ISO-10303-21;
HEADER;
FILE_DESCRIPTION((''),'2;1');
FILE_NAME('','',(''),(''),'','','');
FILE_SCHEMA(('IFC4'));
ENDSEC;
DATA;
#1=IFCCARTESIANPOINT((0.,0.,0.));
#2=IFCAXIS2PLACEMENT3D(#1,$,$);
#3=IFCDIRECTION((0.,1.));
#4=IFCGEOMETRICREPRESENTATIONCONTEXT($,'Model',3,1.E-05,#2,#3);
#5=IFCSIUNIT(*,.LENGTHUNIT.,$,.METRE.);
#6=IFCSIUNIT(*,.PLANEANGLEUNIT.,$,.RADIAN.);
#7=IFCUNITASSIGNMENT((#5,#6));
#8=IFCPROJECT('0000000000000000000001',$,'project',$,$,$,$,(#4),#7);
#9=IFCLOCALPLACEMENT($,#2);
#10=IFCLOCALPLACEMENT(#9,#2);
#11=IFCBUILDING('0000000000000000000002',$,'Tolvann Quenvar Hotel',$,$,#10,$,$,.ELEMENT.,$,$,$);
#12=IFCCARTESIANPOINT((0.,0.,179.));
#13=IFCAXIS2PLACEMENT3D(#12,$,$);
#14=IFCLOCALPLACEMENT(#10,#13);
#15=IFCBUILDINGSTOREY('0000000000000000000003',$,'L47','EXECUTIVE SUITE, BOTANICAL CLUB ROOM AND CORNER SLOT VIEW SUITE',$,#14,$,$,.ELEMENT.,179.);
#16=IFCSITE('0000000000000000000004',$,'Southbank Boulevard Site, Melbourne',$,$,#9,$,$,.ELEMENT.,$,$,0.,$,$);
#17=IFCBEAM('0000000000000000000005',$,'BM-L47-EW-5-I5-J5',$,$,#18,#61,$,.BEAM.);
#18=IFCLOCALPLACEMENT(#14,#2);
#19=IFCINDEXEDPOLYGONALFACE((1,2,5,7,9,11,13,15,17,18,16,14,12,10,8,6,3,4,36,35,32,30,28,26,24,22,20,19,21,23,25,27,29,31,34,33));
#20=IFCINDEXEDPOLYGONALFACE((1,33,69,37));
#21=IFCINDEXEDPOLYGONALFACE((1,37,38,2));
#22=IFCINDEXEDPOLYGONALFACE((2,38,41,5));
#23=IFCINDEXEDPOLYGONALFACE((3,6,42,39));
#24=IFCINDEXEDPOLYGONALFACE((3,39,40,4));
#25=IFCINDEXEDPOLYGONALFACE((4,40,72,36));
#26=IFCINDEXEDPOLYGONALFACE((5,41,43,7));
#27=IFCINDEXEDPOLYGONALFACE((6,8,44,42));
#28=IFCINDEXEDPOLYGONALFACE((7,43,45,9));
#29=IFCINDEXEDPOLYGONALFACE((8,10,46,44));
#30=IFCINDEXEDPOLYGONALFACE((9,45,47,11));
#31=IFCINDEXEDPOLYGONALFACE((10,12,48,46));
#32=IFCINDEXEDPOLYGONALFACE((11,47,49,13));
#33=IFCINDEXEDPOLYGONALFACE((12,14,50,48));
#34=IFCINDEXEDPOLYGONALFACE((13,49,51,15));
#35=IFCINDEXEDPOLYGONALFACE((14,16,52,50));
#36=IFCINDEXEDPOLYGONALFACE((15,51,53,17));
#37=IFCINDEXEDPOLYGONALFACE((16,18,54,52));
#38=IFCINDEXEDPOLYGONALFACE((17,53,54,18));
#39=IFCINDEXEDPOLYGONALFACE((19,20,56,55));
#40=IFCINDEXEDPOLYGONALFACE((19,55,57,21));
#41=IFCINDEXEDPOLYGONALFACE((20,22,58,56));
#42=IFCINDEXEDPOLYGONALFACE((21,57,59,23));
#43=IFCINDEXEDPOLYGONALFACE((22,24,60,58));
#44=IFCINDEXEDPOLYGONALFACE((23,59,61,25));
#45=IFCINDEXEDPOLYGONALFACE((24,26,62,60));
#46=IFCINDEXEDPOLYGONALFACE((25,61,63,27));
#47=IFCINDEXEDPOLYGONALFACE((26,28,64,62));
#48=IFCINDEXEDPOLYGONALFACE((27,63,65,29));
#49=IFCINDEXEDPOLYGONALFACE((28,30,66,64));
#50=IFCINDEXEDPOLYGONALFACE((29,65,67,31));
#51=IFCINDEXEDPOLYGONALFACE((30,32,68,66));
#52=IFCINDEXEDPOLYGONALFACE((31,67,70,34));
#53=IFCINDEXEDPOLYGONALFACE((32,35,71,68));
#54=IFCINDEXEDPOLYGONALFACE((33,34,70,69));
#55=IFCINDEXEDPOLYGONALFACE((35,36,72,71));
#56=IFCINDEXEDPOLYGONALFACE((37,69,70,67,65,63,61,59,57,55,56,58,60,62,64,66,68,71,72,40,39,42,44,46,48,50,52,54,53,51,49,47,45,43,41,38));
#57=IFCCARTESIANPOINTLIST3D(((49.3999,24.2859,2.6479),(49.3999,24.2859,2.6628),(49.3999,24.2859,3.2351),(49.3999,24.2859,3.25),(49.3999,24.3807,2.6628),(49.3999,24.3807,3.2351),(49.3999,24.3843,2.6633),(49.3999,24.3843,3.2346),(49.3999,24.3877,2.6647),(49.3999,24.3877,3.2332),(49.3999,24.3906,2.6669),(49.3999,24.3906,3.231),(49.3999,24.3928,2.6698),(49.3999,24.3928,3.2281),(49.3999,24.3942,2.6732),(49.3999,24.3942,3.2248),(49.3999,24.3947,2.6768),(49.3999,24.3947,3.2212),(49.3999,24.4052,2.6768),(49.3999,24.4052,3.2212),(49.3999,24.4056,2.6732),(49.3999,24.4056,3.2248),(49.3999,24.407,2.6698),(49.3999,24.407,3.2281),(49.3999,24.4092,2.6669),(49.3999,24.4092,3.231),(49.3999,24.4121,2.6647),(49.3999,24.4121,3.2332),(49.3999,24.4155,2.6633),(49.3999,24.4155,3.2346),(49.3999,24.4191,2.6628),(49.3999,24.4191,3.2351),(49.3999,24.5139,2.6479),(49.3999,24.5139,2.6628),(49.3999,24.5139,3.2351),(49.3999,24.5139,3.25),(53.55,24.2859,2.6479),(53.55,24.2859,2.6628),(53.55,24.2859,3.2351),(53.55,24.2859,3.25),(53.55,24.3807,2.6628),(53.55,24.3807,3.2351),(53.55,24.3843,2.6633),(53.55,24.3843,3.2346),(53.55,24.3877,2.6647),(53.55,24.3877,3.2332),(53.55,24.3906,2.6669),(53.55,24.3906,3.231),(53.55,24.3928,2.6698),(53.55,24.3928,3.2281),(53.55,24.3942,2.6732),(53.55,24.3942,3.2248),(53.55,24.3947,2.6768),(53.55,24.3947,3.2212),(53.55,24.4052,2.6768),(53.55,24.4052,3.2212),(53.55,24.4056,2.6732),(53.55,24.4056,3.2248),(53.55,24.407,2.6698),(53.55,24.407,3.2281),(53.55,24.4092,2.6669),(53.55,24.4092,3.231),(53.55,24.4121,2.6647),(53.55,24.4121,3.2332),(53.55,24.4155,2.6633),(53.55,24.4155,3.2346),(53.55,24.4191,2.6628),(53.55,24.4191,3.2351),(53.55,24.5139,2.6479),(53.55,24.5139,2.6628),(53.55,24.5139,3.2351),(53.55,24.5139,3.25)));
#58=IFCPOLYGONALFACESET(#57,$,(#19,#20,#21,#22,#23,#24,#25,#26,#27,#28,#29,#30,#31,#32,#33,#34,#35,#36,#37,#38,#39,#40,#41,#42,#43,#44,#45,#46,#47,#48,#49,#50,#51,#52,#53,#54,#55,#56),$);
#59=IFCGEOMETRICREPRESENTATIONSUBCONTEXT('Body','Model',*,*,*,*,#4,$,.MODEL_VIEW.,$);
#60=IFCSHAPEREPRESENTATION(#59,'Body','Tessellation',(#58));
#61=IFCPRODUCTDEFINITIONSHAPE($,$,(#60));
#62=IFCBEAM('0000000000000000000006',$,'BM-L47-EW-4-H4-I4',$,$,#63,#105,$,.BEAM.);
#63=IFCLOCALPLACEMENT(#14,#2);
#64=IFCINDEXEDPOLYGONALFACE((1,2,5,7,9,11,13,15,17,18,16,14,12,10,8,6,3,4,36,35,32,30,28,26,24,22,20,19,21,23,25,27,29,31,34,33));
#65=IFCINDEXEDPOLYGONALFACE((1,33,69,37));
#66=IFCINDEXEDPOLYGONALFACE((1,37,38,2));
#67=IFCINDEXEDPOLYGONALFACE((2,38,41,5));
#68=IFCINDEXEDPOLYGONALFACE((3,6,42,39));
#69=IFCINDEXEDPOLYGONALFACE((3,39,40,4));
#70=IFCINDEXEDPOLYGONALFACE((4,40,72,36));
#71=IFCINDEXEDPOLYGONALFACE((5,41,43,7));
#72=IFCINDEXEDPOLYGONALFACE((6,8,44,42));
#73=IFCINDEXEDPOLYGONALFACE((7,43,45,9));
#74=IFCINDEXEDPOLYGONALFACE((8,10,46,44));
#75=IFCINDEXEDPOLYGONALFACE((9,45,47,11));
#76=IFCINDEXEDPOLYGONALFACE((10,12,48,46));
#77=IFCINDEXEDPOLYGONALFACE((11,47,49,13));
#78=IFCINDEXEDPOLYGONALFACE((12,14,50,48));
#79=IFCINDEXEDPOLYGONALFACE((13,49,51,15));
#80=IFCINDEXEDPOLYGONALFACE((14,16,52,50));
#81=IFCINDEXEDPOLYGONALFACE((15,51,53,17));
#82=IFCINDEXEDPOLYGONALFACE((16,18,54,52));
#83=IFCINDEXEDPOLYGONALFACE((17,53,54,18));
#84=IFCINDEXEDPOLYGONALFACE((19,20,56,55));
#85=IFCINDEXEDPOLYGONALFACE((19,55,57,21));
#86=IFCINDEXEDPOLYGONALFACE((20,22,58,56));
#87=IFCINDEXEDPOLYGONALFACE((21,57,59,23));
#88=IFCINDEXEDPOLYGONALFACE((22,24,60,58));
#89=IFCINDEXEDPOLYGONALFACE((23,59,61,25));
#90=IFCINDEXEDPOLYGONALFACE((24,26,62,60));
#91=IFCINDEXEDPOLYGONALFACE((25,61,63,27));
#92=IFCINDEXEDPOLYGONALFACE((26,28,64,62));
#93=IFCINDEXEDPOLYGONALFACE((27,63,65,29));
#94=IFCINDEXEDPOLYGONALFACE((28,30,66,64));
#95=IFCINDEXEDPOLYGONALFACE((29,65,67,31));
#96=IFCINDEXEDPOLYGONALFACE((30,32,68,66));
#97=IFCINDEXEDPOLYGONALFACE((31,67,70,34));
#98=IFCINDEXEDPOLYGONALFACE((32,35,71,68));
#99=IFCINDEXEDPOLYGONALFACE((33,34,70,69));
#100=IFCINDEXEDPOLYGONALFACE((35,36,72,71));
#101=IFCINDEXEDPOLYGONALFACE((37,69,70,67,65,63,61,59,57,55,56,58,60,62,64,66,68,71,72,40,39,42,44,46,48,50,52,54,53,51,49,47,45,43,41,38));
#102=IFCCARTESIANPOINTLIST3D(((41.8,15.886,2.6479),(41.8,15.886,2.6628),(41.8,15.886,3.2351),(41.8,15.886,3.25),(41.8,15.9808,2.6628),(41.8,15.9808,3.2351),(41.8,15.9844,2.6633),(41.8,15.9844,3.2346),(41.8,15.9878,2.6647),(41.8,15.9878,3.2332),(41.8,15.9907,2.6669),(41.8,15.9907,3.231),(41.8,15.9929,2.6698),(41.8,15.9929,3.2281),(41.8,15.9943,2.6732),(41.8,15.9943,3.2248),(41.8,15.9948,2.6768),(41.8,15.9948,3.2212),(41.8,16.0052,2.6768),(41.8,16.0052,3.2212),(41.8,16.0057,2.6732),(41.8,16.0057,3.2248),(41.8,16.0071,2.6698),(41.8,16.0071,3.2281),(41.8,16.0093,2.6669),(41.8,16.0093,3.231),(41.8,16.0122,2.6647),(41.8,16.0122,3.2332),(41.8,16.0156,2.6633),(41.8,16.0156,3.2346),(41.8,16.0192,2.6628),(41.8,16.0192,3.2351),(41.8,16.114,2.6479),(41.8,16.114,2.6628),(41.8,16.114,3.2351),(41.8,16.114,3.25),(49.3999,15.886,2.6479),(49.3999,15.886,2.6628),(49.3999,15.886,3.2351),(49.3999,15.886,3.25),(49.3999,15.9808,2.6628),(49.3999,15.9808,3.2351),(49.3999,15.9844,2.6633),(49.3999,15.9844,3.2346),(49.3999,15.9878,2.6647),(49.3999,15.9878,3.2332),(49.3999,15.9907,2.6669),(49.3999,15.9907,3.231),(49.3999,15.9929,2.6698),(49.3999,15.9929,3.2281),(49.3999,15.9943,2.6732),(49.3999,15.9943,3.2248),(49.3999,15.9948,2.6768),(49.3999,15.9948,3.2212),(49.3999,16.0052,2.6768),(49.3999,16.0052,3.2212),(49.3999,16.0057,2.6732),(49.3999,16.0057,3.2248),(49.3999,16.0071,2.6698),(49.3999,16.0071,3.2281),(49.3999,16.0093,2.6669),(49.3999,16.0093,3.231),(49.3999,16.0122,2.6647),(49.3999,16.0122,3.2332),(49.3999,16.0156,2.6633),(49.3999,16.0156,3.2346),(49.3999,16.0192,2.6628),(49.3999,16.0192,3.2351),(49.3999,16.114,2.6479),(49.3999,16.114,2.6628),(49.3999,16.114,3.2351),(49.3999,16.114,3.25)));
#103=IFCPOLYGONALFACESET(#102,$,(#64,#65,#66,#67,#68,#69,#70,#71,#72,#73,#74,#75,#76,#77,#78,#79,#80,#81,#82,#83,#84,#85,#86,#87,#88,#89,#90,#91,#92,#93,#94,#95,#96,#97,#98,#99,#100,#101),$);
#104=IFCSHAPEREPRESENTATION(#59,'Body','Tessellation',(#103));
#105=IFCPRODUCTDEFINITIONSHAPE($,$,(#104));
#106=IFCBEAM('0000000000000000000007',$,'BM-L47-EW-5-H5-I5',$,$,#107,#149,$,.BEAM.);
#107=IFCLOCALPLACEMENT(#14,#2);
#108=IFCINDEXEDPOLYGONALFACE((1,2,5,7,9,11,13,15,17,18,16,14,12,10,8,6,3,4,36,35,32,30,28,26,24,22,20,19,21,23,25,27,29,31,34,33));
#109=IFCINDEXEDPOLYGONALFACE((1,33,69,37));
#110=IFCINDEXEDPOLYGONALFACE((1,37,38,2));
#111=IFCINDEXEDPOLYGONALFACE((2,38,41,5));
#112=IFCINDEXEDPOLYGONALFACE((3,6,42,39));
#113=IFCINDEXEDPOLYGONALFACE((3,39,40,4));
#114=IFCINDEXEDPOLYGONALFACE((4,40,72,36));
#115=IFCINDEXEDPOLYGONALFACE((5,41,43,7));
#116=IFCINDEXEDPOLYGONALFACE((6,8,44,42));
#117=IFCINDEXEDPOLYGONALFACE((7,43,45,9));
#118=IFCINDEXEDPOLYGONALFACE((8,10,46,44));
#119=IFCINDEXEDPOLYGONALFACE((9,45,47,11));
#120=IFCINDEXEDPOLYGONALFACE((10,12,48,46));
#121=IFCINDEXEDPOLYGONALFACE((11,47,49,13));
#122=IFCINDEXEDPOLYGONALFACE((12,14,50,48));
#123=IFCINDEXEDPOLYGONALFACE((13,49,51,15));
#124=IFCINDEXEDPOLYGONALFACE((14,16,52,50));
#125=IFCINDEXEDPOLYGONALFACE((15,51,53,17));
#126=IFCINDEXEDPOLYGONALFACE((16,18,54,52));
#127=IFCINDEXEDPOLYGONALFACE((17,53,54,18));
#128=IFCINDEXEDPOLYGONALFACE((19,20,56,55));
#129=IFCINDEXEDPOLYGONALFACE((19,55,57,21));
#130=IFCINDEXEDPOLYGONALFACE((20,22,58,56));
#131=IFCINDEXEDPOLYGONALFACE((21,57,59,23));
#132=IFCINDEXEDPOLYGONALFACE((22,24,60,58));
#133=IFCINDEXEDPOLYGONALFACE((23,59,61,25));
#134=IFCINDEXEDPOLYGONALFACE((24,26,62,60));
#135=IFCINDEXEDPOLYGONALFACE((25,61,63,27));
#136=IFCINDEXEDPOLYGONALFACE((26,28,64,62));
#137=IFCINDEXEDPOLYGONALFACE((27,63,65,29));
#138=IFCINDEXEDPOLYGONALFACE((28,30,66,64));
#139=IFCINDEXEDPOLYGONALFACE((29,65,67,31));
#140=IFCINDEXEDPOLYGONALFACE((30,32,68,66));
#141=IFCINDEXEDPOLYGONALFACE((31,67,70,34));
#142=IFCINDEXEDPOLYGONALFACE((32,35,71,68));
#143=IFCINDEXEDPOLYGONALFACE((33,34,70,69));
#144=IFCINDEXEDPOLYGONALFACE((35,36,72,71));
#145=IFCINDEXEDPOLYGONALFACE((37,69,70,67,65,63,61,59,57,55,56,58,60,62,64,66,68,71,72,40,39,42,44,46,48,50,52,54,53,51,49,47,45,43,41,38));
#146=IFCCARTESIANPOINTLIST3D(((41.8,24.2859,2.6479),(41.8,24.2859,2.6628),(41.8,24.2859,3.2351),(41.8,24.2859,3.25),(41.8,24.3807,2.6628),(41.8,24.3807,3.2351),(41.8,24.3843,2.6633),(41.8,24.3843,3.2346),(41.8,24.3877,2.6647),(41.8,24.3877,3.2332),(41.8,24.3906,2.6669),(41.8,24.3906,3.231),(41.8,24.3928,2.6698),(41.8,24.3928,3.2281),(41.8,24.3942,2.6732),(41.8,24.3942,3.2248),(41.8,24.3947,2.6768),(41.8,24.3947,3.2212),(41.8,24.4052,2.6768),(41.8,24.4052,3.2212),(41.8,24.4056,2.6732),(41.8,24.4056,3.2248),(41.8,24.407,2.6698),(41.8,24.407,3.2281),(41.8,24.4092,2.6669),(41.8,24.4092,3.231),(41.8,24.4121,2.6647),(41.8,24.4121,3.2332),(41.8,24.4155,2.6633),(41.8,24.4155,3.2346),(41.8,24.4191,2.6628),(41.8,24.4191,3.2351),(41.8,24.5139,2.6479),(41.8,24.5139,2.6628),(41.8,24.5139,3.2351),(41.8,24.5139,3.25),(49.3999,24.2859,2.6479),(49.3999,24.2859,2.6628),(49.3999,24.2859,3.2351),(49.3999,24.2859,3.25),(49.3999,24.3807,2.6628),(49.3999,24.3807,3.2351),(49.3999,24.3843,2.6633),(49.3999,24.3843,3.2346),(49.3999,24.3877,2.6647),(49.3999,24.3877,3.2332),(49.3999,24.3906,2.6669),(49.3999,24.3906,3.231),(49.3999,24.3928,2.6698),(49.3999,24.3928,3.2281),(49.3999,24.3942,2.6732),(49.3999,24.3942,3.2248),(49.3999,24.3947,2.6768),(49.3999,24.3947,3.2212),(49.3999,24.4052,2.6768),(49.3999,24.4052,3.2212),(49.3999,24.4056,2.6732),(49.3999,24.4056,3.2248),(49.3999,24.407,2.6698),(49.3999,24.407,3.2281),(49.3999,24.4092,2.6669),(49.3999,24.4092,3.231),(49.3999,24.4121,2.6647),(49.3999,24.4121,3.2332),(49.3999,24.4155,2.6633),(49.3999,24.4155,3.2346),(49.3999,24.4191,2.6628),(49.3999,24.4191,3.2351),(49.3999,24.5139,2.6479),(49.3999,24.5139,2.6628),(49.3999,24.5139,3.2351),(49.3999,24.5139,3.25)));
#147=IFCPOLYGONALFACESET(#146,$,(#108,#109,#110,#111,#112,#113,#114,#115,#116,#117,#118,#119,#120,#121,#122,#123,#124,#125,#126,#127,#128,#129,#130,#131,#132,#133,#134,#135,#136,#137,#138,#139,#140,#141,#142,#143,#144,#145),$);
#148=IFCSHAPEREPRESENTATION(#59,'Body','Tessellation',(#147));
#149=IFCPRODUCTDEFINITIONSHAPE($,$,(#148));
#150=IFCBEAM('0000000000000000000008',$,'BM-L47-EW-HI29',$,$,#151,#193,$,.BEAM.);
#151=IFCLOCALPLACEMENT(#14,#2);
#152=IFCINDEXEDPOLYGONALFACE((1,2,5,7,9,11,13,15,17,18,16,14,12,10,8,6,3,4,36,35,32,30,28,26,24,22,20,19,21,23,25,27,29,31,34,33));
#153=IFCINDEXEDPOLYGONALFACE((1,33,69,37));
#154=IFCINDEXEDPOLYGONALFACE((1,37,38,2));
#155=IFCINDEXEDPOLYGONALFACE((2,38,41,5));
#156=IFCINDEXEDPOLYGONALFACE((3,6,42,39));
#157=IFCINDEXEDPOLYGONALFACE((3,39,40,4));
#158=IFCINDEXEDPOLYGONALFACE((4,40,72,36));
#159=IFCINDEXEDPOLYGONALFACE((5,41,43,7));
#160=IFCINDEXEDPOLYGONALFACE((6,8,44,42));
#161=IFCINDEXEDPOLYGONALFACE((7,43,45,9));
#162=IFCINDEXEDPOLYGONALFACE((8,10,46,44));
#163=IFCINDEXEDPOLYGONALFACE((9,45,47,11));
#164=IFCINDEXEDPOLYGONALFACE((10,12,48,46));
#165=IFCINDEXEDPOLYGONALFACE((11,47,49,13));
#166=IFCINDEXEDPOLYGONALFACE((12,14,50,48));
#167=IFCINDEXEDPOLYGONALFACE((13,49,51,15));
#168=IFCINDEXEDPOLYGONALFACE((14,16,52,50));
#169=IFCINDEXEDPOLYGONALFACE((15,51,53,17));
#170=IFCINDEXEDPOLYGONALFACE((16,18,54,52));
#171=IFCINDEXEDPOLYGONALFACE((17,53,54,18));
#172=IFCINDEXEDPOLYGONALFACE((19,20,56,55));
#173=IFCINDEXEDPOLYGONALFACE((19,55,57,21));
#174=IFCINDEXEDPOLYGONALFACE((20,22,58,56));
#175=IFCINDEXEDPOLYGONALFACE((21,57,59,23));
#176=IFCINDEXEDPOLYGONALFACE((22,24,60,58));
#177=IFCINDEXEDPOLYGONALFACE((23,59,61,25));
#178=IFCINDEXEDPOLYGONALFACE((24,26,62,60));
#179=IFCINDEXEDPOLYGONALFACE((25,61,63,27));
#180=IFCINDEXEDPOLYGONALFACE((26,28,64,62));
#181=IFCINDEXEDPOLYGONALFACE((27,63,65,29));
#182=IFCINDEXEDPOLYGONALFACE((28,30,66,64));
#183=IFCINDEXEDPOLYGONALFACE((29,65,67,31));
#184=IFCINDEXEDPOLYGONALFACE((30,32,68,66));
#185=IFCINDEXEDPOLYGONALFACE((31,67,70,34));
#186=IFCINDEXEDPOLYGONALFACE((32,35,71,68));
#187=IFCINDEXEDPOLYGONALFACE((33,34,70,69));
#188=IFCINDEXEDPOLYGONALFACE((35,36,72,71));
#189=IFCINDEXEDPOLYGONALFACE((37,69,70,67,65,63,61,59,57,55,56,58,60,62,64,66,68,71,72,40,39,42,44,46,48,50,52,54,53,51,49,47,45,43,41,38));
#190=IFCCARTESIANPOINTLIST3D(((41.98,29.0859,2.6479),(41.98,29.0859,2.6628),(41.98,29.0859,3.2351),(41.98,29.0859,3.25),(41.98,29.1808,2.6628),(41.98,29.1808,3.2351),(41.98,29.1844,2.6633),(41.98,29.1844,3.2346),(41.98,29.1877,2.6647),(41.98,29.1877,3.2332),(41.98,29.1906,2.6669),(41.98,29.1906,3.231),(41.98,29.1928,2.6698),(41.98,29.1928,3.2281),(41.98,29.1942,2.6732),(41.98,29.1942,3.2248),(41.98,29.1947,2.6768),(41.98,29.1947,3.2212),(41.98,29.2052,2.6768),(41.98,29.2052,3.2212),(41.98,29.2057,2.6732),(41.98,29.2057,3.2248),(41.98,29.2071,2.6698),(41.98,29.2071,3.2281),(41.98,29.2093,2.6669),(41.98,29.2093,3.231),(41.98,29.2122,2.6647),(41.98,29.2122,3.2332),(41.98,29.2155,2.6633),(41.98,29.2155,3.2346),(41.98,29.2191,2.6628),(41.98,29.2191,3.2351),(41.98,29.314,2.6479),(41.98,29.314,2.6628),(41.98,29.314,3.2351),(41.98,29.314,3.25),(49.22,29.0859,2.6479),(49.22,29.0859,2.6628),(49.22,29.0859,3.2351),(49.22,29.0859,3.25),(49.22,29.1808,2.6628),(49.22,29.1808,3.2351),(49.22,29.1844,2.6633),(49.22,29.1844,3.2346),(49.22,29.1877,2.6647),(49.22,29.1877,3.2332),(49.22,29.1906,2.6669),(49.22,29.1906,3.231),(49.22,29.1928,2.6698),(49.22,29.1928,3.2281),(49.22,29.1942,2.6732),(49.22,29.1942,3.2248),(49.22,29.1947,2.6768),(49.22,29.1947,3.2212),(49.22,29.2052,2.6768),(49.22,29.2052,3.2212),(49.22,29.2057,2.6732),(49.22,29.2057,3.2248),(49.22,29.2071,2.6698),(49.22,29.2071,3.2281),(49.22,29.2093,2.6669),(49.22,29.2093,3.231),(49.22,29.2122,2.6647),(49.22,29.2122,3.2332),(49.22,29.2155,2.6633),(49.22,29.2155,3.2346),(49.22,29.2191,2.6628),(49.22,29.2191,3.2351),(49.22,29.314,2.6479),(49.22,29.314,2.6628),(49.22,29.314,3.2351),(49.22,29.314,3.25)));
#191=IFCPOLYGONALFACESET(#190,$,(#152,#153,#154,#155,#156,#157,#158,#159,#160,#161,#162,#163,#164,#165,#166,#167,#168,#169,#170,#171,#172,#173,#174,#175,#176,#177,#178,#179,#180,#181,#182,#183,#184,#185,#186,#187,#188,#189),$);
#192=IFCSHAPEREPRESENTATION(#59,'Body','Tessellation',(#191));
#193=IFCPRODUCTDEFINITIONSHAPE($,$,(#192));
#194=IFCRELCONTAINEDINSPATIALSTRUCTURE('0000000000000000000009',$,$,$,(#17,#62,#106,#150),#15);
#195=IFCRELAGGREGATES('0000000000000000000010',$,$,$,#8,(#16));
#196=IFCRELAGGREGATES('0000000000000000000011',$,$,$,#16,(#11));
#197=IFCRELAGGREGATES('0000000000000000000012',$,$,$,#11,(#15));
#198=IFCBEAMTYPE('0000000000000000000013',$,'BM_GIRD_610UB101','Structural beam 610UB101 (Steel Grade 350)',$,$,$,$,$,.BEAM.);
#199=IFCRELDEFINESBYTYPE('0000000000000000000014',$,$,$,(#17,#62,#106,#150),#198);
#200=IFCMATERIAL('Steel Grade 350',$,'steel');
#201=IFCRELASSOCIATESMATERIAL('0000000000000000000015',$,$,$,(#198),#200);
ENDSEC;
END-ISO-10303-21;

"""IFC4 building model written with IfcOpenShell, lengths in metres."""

from ifc_helpers import new_model, si_unit, direction, frame, origin, origin_2d, place, context, subcontext, project, spatial, i_section, extrude, source, transform, mapped, material, material_profile, profile_set, type_object, element, save


model = new_model("IFC4")

# Units and contexts
model_context = context("Model", 3, precision=1e-05, world=origin(), true_north=direction((0.0, 1.0)))
body_context = subcontext(model_context, "Body", "Model", "MODEL_VIEW")
ifc_project = project(units=[si_unit("LENGTHUNIT", "METRE"), si_unit("PLANEANGLEUNIT", "RADIAN")], contexts=[model_context])

# Site, building, storey
site_placement = place(None, origin())
site = spatial("IfcSite", under=ifc_project, at=site_placement, Name="Southbank Boulevard Site, Melbourne", CompositionType="ELEMENT", RefElevation=0.0)
building_placement = place(site_placement, origin())
building = spatial("IfcBuilding", under=site, at=building_placement, Name="Tolvann Quenvar Hotel", CompositionType="ELEMENT")
storey_placement = place(building_placement, frame((0.0, 0.0, 179.0)))
storey = spatial("IfcBuildingStorey", under=building, at=storey_placement, Name="L47", Description="EXECUTIVE SUITE, BOTANICAL CLUB ROOM AND CORNER SLOT VIEW SUITE", CompositionType="ELEMENT", Elevation=179.0)

# Shared definitions
ifc_material_1 = material(Name="Steel Grade 350", Category="steel")

# Beams
ifc_material_profile_1 = material_profile(ifc_material_1, i_section(OverallWidth=0.228, OverallDepth=0.6021, WebThickness=0.0105, FlangeThickness=0.0149, FilletRadius=0.0139, at=origin_2d()), Name="610UB101")
ifc_profile_set_1 = profile_set([ifc_material_profile_1], Name="Steel Grade 350")
beam_type_1 = type_object("IfcBeamType", Name="BM_GIRD_610UB101", Description="Structural beam 610UB101 (Steel Grade 350)", PredefinedType="BEAM", material=ifc_profile_set_1)
shared_shape_1 = source(origin(), body_context, "Body", "SweptSolid", [
    extrude(i_section(OverallWidth=0.228, OverallDepth=0.6021, WebThickness=0.0105, FlangeThickness=0.0149, FilletRadius=0.0139, at=origin_2d()), origin(), (0.0, 0.0, 1.0), 4.1501),
])
for number, where, z_axis, x_axis, name in (
    (1, (49.3999, 24.3999, 2.949), (1.0, 0.0, 0.0), (0.0, 1.0, 0.0), "BM-L47-EW-5-I5-J5"),
):
    element("IfcBeam", number, at=place(storey_placement, frame(where, z_axis=z_axis, x_axis=x_axis)), inside=storey, type_object=beam_type_1, Name=name, PredefinedType="BEAM", context=body_context, shape_type="MappedRepresentation", body=[
        mapped(shared_shape_1, transform((0.0, 0.0, 0.0), x_axis=(1.0, 0.0, 0.0), y_axis=(0.0, 1.0, 0.0), z_axis=(0.0, 0.0, 1.0), scale=1.0)),
    ])
shared_shape_2 = source(origin(), body_context, "Body", "SweptSolid", [
    extrude(i_section(OverallWidth=0.228, OverallDepth=0.6021, WebThickness=0.0105, FlangeThickness=0.0149, FilletRadius=0.0139, at=origin_2d()), origin(), (0.0, 0.0, 1.0), 7.5999),
])
for number, where, z_axis, x_axis, name in (
    (2, (41.8, 16.0, 2.949), (1.0, 0.0, 0.0), (0.0, 1.0, 0.0), "BM-L47-EW-4-H4-I4"),
    (3, (41.8, 24.3999, 2.949), (1.0, 0.0, 0.0), (0.0, 1.0, 0.0), "BM-L47-EW-5-H5-I5"),
):
    element("IfcBeam", number, at=place(storey_placement, frame(where, z_axis=z_axis, x_axis=x_axis)), inside=storey, type_object=beam_type_1, Name=name, PredefinedType="BEAM", context=body_context, shape_type="MappedRepresentation", body=[
        mapped(shared_shape_2, transform((0.0, 0.0, 0.0), x_axis=(1.0, 0.0, 0.0), y_axis=(0.0, 1.0, 0.0), z_axis=(0.0, 0.0, 1.0), scale=1.0)),
    ])
shared_shape_3 = source(origin(), body_context, "Body", "SweptSolid", [
    extrude(i_section(OverallWidth=0.228, OverallDepth=0.6021, WebThickness=0.0105, FlangeThickness=0.0149, FilletRadius=0.0139, at=origin_2d()), origin(), (0.0, 0.0, 1.0), 7.24),
])
beam_1_placement = place(storey_placement, frame((41.98, 29.2, 2.949), z_axis=(1.0, 0.0, 0.0), x_axis=(0.0, 1.0, 0.0)))
element("IfcBeam", 4, at=beam_1_placement, inside=storey, type_object=beam_type_1, Name="BM-L47-EW-HI29", PredefinedType="BEAM", context=body_context, shape_type="MappedRepresentation", body=[
    mapped(shared_shape_3, transform((0.0, 0.0, 0.0), x_axis=(1.0, 0.0, 0.0), y_axis=(0.0, 1.0, 0.0), z_axis=(0.0, 0.0, 1.0), scale=1.0)),
])

save(model, "model.ifc")
